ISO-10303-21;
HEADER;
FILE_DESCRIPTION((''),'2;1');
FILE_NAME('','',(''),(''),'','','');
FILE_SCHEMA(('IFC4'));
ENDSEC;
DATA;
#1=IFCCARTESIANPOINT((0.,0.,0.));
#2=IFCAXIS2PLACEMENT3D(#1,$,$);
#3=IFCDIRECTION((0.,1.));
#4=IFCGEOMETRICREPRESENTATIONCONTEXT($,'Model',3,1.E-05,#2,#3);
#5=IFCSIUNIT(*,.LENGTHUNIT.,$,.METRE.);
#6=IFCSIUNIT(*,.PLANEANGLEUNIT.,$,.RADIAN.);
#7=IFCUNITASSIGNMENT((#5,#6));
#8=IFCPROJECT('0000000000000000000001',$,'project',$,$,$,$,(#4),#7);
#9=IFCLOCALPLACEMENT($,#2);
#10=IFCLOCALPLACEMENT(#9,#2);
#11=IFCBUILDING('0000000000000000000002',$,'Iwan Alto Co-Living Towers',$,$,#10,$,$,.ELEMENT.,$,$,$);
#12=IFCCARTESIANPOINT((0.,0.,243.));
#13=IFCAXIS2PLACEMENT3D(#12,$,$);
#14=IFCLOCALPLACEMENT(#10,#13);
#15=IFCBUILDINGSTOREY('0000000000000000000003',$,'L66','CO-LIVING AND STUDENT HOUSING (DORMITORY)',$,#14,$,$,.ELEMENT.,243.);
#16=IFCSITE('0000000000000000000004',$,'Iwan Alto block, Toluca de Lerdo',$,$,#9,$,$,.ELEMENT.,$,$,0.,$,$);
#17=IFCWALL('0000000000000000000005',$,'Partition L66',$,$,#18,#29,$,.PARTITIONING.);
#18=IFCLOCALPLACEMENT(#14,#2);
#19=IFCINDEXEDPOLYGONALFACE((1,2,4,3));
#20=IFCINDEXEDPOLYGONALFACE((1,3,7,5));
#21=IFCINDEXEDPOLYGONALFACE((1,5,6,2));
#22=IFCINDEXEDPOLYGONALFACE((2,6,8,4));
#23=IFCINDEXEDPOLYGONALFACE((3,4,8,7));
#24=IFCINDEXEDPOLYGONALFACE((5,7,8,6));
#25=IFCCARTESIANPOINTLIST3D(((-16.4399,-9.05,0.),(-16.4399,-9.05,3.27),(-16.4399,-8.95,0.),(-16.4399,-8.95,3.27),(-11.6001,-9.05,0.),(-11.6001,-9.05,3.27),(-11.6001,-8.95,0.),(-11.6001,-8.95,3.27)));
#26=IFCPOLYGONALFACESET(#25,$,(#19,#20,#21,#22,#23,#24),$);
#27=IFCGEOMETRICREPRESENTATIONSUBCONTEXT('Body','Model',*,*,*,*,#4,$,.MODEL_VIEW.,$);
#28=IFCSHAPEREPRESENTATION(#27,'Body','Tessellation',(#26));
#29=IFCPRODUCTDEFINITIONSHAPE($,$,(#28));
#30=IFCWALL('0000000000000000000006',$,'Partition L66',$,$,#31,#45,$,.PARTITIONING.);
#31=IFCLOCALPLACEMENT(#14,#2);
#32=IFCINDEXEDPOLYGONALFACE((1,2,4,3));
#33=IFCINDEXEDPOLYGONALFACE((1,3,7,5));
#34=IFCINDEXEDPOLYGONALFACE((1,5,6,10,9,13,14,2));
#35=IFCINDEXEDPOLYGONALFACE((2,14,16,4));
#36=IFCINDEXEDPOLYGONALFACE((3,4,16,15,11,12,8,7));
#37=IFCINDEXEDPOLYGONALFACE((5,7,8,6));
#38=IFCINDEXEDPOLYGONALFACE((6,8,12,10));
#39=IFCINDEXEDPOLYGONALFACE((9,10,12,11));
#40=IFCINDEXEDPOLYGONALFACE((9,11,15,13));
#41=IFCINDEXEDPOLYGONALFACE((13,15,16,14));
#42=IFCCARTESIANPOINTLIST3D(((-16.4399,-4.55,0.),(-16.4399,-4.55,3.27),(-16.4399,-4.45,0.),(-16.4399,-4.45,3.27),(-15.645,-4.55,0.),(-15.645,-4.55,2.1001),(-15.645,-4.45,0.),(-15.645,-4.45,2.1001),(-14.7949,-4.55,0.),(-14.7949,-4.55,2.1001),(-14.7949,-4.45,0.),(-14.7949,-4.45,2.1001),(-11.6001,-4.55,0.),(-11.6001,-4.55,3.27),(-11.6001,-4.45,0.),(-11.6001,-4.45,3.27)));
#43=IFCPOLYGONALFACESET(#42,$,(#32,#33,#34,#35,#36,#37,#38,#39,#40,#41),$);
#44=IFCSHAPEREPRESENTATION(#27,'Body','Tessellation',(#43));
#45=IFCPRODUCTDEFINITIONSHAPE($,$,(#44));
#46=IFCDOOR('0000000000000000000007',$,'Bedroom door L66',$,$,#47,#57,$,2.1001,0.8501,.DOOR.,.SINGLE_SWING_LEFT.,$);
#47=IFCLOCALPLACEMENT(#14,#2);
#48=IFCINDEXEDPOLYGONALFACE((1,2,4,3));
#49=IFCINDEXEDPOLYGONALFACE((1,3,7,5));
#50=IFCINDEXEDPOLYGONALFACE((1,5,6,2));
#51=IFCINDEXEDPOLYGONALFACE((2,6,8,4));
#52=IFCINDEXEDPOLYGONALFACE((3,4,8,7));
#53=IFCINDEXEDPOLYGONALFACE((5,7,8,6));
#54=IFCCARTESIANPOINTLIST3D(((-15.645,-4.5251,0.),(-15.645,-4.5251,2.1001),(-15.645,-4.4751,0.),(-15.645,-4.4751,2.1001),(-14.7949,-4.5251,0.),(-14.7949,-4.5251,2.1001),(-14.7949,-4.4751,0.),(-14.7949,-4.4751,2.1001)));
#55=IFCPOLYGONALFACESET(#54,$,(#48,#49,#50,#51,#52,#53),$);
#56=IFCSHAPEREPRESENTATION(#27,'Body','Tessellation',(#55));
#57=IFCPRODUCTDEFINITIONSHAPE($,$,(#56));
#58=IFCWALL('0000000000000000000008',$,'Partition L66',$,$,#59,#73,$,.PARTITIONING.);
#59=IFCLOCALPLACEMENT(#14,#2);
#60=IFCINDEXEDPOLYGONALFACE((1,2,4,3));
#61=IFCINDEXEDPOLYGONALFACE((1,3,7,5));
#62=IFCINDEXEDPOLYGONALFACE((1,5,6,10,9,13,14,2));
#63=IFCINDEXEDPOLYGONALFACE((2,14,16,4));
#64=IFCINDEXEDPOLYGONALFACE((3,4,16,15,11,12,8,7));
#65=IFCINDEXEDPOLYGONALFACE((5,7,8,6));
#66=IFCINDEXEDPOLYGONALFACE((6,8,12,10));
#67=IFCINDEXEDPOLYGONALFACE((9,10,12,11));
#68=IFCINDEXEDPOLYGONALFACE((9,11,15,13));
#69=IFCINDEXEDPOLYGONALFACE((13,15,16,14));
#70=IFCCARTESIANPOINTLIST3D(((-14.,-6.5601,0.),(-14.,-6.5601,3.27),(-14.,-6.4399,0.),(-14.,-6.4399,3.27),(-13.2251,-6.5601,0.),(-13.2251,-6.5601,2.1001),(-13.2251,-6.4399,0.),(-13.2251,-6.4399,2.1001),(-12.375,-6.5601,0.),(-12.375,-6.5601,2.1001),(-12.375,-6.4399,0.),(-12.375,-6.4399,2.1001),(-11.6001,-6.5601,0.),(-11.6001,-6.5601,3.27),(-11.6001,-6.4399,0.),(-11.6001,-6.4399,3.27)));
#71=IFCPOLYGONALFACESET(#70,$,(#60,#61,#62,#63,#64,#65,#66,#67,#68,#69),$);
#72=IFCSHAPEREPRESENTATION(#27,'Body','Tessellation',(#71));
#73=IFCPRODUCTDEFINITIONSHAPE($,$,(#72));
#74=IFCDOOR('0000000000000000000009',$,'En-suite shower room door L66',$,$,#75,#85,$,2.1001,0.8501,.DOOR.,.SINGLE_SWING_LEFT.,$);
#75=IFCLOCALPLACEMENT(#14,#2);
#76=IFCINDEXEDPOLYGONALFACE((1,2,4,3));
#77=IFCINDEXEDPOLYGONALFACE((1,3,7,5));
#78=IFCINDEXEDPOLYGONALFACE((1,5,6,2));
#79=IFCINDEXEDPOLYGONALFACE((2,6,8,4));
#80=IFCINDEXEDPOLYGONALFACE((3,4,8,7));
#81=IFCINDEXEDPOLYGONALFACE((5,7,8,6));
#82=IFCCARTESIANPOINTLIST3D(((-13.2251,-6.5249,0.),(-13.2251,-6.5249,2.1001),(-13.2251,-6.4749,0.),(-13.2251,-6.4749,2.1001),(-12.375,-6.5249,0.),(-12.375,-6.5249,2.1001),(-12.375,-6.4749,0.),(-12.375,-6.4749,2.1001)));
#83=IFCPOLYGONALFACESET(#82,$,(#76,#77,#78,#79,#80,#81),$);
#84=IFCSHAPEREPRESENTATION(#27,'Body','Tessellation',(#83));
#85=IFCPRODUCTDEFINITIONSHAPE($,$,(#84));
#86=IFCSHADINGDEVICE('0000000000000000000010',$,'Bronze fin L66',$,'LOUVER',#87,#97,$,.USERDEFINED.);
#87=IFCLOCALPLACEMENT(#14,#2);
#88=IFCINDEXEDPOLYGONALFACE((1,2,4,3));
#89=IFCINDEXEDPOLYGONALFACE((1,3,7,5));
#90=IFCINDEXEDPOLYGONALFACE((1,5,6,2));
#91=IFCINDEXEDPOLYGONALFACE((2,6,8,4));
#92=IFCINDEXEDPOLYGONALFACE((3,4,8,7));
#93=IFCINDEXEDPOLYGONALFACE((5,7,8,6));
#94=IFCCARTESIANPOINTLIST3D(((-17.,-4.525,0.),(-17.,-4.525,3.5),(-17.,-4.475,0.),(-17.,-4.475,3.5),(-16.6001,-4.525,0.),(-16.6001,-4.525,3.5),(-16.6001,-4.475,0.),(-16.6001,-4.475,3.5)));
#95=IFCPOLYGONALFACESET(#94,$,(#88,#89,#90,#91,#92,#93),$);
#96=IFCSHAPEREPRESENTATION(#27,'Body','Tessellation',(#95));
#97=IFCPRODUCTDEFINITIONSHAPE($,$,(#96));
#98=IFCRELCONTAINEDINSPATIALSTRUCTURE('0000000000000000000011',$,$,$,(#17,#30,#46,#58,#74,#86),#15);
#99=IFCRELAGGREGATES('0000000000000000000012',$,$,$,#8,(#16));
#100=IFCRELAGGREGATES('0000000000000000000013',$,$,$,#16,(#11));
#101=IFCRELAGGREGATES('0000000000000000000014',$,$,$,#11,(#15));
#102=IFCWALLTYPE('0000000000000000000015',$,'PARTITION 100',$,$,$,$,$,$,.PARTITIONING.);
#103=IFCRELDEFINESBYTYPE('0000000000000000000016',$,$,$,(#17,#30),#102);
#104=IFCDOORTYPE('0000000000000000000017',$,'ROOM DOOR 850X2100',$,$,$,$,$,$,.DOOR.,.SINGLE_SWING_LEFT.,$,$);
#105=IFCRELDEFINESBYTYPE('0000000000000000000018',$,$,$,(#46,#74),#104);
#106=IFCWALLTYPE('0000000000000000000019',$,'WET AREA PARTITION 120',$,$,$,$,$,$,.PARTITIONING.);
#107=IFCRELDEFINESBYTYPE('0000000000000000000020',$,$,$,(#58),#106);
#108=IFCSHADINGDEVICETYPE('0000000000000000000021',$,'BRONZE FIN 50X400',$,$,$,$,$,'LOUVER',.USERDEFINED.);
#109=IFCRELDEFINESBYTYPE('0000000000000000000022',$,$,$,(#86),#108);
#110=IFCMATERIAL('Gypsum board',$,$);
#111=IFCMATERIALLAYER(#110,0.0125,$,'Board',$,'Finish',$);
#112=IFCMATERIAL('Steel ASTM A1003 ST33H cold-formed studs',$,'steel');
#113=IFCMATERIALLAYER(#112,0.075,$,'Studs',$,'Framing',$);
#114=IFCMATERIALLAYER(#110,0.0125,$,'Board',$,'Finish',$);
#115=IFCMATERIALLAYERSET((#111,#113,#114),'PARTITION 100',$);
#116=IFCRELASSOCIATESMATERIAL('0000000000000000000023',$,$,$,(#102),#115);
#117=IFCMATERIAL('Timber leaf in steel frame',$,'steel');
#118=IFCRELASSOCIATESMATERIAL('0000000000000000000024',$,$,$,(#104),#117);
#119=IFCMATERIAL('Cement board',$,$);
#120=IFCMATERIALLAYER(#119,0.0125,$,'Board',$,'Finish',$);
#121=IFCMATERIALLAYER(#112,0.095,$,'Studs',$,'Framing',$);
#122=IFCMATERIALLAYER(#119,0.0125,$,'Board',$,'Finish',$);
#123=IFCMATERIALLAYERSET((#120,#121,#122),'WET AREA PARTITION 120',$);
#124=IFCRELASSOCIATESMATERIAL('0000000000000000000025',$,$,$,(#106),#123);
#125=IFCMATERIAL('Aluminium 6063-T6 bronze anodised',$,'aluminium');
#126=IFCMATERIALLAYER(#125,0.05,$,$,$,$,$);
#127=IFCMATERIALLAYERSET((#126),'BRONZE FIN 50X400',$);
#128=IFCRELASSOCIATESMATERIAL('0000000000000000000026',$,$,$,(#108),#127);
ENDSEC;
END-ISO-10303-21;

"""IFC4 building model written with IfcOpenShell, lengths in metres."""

from ifc_helpers import new_model, si_unit, direction, frame, frame_2d, origin, origin_2d, place, context, subcontext, project, spatial, rectangle, extrude, material, layer, layer_set, type_object, element, fill, save


model = new_model("IFC4")

# Units and contexts
model_context = context("Model", 3, precision=1e-05, world=origin(), true_north=direction((0.0, 1.0)))
body_context = subcontext(model_context, "Body", "Model", "MODEL_VIEW")
ifc_project = project(units=[si_unit("LENGTHUNIT", "METRE"), si_unit("PLANEANGLEUNIT", "RADIAN")], contexts=[model_context])

# Site, building, storey
site_placement = place(None, origin())
site = spatial("IfcSite", under=ifc_project, at=site_placement, Name="Iwan Alto block, Toluca de Lerdo", CompositionType="ELEMENT", RefElevation=0.0)
building_placement = place(site_placement, origin())
building = spatial("IfcBuilding", under=site, at=building_placement, Name="Iwan Alto Co-Living Towers", CompositionType="ELEMENT")
storey_placement = place(building_placement, frame((0.0, 0.0, 243.0)))
storey = spatial("IfcBuildingStorey", under=building, at=storey_placement, Name="L66", Description="CO-LIVING AND STUDENT HOUSING (DORMITORY)", CompositionType="ELEMENT", Elevation=243.0)

# Wall
ifc_material_1 = material(Name="Gypsum board")
ifc_layer_1 = layer(ifc_material_1, 0.0125, Name="Board", Category="Finish")
ifc_material_2 = material(Name="Steel ASTM A1003 ST33H cold-formed studs", Category="steel")
ifc_layer_2 = layer(ifc_material_2, 0.075, Name="Studs", Category="Framing")
ifc_layer_3 = layer(ifc_material_1, 0.0125, Name="Board", Category="Finish")
ifc_layer_set_1 = layer_set([ifc_layer_1, ifc_layer_2, ifc_layer_3], Name="PARTITION 100")
wall_type_1 = type_object("IfcWallType", Name="PARTITION 100", PredefinedType="PARTITIONING", material=ifc_layer_set_1)
wall_1_placement = place(storey_placement, frame((-16.4399, -9.0, 0.0), z_axis=(0.0, 0.0, 1.0), x_axis=(1.0, 0.0, 0.0)))
element("IfcWall", 1, at=wall_1_placement, inside=storey, type_object=wall_type_1, Name="Partition L66", PredefinedType="PARTITIONING", context=body_context, shape_type="SweptSolid", body=[
    extrude(rectangle(XDim=4.8398, YDim=0.1001, at=frame_2d((2.4199, 0.0))), origin(), (0.0, 0.0, 1.0), 3.27),
])

# Walls, openings, doors
wall_2_placement = place(storey_placement, frame((-16.4399, -4.5, 0.0), z_axis=(0.0, 0.0, 1.0), x_axis=(1.0, 0.0, 0.0)))
wall_2 = element("IfcWall", 2, at=wall_2_placement, inside=storey, type_object=wall_type_1, Name="Partition L66", PredefinedType="PARTITIONING", context=body_context, shape_type="SweptSolid", body=[
    extrude(rectangle(XDim=4.8398, YDim=0.1001, at=frame_2d((2.4199, 0.0))), origin(), (0.0, 0.0, 1.0), 3.27),
])
opening_1_placement = place(wall_2_placement, frame((0.7949, 0.0, 0.0)))
opening_1 = element("IfcOpeningElement", 3, at=opening_1_placement, cuts=wall_2, PredefinedType="OPENING", context=body_context, shape_type="SweptSolid", body=[
    extrude(rectangle(XDim=0.8501, YDim=2.1001, at=frame_2d((0.425, 1.05))), frame((0.0, 0.0601, 0.0), z_axis=(0.0, -1.0, 0.0), x_axis=(1.0, 0.0, 0.0)), (0.0, 0.0, 1.0), 0.1201),
])
ifc_material_3 = material(Name="Timber leaf in steel frame", Category="steel")
door_type = type_object("IfcDoorType", Name="ROOM DOOR 850X2100", OperationType="SINGLE_SWING_LEFT", PredefinedType="DOOR", material=ifc_material_3)
door_1_placement = place(opening_1_placement, origin())
door_1 = element("IfcDoor", 4, at=door_1_placement, inside=storey, type_object=door_type, Name="Bedroom door L66", OperationType="SINGLE_SWING_LEFT", OverallHeight=2.1001, OverallWidth=0.8501, PredefinedType="DOOR", context=body_context, shape_type="SweptSolid", body=[
    extrude(rectangle(XDim=0.8501, YDim=2.1001, at=frame_2d((0.425, 1.05))), frame((0.0, 0.0249, 0.0), z_axis=(0.0, -1.0, 0.0), x_axis=(1.0, 0.0, 0.0)), (0.0, 0.0, 1.0), 0.05),
])
fill(opening_1, door_1)
ifc_material_4 = material(Name="Cement board")
ifc_layer_4 = layer(ifc_material_4, 0.0125, Name="Board", Category="Finish")
ifc_layer_5 = layer(ifc_material_2, 0.095, Name="Studs", Category="Framing")
ifc_layer_6 = layer(ifc_material_4, 0.0125, Name="Board", Category="Finish")
ifc_layer_set_2 = layer_set([ifc_layer_4, ifc_layer_5, ifc_layer_6], Name="WET AREA PARTITION 120")
wall_type_2 = type_object("IfcWallType", Name="WET AREA PARTITION 120", PredefinedType="PARTITIONING", material=ifc_layer_set_2)
wall_3_placement = place(storey_placement, frame((-14.0, -6.5, 0.0), z_axis=(0.0, 0.0, 1.0), x_axis=(1.0, 0.0, 0.0)))
wall_3 = element("IfcWall", 5, at=wall_3_placement, inside=storey, type_object=wall_type_2, Name="Partition L66", PredefinedType="PARTITIONING", context=body_context, shape_type="SweptSolid", body=[
    extrude(rectangle(XDim=2.3999, YDim=0.1201, at=frame_2d((1.2, 0.0))), origin(), (0.0, 0.0, 1.0), 3.27),
])
opening_2_placement = place(wall_3_placement, frame((0.7749, 0.0, 0.0)))
opening_2 = element("IfcOpeningElement", 6, at=opening_2_placement, cuts=wall_3, PredefinedType="OPENING", context=body_context, shape_type="SweptSolid", body=[
    extrude(rectangle(XDim=0.8501, YDim=2.1001, at=frame_2d((0.425, 1.05))), frame((0.0, 0.0701, 0.0), z_axis=(0.0, -1.0, 0.0), x_axis=(1.0, 0.0, 0.0)), (0.0, 0.0, 1.0), 0.1401),
])
door_2_placement = place(opening_2_placement, frame((0.8501, 0.0, 0.0), z_axis=(0.0, 0.0, 1.0), x_axis=(-1.0, 0.0, 0.0)))
door_2 = element("IfcDoor", 7, at=door_2_placement, inside=storey, type_object=door_type, Name="En-suite shower room door L66", OperationType="SINGLE_SWING_LEFT", OverallHeight=2.1001, OverallWidth=0.8501, PredefinedType="DOOR", context=body_context, shape_type="SweptSolid", body=[
    extrude(rectangle(XDim=0.8501, YDim=2.1001, at=frame_2d((0.425, 1.05))), frame((0.0, 0.0249, 0.0), z_axis=(0.0, -1.0, 0.0), x_axis=(1.0, 0.0, 0.0)), (0.0, 0.0, 1.0), 0.05),
])
fill(opening_2, door_2)

# Shading device
ifc_material_5 = material(Name="Aluminium 6063-T6 bronze anodised", Category="aluminium")
ifc_layer_7 = layer(ifc_material_5, 0.05)
ifc_layer_set_3 = layer_set([ifc_layer_7], Name="BRONZE FIN 50X400")
shading_device_type = type_object("IfcShadingDeviceType", Name="BRONZE FIN 50X400", ElementType="LOUVER", PredefinedType="USERDEFINED", material=ifc_layer_set_3)
shading_device_placement = place(storey_placement, frame((-16.8, -4.5, 0.0), z_axis=(0.0, 0.0, 1.0), x_axis=(0.0, -1.0, 0.0)))
element("IfcShadingDevice", 8, at=shading_device_placement, inside=storey, type_object=shading_device_type, Name="Bronze fin L66", ObjectType="LOUVER", PredefinedType="USERDEFINED", context=body_context, shape_type="SweptSolid", body=[
    extrude(rectangle(XDim=0.05, YDim=0.3999, at=origin_2d()), origin(), (0.0, 0.0, 1.0), 3.5),
])

save(model, "model.ifc")
